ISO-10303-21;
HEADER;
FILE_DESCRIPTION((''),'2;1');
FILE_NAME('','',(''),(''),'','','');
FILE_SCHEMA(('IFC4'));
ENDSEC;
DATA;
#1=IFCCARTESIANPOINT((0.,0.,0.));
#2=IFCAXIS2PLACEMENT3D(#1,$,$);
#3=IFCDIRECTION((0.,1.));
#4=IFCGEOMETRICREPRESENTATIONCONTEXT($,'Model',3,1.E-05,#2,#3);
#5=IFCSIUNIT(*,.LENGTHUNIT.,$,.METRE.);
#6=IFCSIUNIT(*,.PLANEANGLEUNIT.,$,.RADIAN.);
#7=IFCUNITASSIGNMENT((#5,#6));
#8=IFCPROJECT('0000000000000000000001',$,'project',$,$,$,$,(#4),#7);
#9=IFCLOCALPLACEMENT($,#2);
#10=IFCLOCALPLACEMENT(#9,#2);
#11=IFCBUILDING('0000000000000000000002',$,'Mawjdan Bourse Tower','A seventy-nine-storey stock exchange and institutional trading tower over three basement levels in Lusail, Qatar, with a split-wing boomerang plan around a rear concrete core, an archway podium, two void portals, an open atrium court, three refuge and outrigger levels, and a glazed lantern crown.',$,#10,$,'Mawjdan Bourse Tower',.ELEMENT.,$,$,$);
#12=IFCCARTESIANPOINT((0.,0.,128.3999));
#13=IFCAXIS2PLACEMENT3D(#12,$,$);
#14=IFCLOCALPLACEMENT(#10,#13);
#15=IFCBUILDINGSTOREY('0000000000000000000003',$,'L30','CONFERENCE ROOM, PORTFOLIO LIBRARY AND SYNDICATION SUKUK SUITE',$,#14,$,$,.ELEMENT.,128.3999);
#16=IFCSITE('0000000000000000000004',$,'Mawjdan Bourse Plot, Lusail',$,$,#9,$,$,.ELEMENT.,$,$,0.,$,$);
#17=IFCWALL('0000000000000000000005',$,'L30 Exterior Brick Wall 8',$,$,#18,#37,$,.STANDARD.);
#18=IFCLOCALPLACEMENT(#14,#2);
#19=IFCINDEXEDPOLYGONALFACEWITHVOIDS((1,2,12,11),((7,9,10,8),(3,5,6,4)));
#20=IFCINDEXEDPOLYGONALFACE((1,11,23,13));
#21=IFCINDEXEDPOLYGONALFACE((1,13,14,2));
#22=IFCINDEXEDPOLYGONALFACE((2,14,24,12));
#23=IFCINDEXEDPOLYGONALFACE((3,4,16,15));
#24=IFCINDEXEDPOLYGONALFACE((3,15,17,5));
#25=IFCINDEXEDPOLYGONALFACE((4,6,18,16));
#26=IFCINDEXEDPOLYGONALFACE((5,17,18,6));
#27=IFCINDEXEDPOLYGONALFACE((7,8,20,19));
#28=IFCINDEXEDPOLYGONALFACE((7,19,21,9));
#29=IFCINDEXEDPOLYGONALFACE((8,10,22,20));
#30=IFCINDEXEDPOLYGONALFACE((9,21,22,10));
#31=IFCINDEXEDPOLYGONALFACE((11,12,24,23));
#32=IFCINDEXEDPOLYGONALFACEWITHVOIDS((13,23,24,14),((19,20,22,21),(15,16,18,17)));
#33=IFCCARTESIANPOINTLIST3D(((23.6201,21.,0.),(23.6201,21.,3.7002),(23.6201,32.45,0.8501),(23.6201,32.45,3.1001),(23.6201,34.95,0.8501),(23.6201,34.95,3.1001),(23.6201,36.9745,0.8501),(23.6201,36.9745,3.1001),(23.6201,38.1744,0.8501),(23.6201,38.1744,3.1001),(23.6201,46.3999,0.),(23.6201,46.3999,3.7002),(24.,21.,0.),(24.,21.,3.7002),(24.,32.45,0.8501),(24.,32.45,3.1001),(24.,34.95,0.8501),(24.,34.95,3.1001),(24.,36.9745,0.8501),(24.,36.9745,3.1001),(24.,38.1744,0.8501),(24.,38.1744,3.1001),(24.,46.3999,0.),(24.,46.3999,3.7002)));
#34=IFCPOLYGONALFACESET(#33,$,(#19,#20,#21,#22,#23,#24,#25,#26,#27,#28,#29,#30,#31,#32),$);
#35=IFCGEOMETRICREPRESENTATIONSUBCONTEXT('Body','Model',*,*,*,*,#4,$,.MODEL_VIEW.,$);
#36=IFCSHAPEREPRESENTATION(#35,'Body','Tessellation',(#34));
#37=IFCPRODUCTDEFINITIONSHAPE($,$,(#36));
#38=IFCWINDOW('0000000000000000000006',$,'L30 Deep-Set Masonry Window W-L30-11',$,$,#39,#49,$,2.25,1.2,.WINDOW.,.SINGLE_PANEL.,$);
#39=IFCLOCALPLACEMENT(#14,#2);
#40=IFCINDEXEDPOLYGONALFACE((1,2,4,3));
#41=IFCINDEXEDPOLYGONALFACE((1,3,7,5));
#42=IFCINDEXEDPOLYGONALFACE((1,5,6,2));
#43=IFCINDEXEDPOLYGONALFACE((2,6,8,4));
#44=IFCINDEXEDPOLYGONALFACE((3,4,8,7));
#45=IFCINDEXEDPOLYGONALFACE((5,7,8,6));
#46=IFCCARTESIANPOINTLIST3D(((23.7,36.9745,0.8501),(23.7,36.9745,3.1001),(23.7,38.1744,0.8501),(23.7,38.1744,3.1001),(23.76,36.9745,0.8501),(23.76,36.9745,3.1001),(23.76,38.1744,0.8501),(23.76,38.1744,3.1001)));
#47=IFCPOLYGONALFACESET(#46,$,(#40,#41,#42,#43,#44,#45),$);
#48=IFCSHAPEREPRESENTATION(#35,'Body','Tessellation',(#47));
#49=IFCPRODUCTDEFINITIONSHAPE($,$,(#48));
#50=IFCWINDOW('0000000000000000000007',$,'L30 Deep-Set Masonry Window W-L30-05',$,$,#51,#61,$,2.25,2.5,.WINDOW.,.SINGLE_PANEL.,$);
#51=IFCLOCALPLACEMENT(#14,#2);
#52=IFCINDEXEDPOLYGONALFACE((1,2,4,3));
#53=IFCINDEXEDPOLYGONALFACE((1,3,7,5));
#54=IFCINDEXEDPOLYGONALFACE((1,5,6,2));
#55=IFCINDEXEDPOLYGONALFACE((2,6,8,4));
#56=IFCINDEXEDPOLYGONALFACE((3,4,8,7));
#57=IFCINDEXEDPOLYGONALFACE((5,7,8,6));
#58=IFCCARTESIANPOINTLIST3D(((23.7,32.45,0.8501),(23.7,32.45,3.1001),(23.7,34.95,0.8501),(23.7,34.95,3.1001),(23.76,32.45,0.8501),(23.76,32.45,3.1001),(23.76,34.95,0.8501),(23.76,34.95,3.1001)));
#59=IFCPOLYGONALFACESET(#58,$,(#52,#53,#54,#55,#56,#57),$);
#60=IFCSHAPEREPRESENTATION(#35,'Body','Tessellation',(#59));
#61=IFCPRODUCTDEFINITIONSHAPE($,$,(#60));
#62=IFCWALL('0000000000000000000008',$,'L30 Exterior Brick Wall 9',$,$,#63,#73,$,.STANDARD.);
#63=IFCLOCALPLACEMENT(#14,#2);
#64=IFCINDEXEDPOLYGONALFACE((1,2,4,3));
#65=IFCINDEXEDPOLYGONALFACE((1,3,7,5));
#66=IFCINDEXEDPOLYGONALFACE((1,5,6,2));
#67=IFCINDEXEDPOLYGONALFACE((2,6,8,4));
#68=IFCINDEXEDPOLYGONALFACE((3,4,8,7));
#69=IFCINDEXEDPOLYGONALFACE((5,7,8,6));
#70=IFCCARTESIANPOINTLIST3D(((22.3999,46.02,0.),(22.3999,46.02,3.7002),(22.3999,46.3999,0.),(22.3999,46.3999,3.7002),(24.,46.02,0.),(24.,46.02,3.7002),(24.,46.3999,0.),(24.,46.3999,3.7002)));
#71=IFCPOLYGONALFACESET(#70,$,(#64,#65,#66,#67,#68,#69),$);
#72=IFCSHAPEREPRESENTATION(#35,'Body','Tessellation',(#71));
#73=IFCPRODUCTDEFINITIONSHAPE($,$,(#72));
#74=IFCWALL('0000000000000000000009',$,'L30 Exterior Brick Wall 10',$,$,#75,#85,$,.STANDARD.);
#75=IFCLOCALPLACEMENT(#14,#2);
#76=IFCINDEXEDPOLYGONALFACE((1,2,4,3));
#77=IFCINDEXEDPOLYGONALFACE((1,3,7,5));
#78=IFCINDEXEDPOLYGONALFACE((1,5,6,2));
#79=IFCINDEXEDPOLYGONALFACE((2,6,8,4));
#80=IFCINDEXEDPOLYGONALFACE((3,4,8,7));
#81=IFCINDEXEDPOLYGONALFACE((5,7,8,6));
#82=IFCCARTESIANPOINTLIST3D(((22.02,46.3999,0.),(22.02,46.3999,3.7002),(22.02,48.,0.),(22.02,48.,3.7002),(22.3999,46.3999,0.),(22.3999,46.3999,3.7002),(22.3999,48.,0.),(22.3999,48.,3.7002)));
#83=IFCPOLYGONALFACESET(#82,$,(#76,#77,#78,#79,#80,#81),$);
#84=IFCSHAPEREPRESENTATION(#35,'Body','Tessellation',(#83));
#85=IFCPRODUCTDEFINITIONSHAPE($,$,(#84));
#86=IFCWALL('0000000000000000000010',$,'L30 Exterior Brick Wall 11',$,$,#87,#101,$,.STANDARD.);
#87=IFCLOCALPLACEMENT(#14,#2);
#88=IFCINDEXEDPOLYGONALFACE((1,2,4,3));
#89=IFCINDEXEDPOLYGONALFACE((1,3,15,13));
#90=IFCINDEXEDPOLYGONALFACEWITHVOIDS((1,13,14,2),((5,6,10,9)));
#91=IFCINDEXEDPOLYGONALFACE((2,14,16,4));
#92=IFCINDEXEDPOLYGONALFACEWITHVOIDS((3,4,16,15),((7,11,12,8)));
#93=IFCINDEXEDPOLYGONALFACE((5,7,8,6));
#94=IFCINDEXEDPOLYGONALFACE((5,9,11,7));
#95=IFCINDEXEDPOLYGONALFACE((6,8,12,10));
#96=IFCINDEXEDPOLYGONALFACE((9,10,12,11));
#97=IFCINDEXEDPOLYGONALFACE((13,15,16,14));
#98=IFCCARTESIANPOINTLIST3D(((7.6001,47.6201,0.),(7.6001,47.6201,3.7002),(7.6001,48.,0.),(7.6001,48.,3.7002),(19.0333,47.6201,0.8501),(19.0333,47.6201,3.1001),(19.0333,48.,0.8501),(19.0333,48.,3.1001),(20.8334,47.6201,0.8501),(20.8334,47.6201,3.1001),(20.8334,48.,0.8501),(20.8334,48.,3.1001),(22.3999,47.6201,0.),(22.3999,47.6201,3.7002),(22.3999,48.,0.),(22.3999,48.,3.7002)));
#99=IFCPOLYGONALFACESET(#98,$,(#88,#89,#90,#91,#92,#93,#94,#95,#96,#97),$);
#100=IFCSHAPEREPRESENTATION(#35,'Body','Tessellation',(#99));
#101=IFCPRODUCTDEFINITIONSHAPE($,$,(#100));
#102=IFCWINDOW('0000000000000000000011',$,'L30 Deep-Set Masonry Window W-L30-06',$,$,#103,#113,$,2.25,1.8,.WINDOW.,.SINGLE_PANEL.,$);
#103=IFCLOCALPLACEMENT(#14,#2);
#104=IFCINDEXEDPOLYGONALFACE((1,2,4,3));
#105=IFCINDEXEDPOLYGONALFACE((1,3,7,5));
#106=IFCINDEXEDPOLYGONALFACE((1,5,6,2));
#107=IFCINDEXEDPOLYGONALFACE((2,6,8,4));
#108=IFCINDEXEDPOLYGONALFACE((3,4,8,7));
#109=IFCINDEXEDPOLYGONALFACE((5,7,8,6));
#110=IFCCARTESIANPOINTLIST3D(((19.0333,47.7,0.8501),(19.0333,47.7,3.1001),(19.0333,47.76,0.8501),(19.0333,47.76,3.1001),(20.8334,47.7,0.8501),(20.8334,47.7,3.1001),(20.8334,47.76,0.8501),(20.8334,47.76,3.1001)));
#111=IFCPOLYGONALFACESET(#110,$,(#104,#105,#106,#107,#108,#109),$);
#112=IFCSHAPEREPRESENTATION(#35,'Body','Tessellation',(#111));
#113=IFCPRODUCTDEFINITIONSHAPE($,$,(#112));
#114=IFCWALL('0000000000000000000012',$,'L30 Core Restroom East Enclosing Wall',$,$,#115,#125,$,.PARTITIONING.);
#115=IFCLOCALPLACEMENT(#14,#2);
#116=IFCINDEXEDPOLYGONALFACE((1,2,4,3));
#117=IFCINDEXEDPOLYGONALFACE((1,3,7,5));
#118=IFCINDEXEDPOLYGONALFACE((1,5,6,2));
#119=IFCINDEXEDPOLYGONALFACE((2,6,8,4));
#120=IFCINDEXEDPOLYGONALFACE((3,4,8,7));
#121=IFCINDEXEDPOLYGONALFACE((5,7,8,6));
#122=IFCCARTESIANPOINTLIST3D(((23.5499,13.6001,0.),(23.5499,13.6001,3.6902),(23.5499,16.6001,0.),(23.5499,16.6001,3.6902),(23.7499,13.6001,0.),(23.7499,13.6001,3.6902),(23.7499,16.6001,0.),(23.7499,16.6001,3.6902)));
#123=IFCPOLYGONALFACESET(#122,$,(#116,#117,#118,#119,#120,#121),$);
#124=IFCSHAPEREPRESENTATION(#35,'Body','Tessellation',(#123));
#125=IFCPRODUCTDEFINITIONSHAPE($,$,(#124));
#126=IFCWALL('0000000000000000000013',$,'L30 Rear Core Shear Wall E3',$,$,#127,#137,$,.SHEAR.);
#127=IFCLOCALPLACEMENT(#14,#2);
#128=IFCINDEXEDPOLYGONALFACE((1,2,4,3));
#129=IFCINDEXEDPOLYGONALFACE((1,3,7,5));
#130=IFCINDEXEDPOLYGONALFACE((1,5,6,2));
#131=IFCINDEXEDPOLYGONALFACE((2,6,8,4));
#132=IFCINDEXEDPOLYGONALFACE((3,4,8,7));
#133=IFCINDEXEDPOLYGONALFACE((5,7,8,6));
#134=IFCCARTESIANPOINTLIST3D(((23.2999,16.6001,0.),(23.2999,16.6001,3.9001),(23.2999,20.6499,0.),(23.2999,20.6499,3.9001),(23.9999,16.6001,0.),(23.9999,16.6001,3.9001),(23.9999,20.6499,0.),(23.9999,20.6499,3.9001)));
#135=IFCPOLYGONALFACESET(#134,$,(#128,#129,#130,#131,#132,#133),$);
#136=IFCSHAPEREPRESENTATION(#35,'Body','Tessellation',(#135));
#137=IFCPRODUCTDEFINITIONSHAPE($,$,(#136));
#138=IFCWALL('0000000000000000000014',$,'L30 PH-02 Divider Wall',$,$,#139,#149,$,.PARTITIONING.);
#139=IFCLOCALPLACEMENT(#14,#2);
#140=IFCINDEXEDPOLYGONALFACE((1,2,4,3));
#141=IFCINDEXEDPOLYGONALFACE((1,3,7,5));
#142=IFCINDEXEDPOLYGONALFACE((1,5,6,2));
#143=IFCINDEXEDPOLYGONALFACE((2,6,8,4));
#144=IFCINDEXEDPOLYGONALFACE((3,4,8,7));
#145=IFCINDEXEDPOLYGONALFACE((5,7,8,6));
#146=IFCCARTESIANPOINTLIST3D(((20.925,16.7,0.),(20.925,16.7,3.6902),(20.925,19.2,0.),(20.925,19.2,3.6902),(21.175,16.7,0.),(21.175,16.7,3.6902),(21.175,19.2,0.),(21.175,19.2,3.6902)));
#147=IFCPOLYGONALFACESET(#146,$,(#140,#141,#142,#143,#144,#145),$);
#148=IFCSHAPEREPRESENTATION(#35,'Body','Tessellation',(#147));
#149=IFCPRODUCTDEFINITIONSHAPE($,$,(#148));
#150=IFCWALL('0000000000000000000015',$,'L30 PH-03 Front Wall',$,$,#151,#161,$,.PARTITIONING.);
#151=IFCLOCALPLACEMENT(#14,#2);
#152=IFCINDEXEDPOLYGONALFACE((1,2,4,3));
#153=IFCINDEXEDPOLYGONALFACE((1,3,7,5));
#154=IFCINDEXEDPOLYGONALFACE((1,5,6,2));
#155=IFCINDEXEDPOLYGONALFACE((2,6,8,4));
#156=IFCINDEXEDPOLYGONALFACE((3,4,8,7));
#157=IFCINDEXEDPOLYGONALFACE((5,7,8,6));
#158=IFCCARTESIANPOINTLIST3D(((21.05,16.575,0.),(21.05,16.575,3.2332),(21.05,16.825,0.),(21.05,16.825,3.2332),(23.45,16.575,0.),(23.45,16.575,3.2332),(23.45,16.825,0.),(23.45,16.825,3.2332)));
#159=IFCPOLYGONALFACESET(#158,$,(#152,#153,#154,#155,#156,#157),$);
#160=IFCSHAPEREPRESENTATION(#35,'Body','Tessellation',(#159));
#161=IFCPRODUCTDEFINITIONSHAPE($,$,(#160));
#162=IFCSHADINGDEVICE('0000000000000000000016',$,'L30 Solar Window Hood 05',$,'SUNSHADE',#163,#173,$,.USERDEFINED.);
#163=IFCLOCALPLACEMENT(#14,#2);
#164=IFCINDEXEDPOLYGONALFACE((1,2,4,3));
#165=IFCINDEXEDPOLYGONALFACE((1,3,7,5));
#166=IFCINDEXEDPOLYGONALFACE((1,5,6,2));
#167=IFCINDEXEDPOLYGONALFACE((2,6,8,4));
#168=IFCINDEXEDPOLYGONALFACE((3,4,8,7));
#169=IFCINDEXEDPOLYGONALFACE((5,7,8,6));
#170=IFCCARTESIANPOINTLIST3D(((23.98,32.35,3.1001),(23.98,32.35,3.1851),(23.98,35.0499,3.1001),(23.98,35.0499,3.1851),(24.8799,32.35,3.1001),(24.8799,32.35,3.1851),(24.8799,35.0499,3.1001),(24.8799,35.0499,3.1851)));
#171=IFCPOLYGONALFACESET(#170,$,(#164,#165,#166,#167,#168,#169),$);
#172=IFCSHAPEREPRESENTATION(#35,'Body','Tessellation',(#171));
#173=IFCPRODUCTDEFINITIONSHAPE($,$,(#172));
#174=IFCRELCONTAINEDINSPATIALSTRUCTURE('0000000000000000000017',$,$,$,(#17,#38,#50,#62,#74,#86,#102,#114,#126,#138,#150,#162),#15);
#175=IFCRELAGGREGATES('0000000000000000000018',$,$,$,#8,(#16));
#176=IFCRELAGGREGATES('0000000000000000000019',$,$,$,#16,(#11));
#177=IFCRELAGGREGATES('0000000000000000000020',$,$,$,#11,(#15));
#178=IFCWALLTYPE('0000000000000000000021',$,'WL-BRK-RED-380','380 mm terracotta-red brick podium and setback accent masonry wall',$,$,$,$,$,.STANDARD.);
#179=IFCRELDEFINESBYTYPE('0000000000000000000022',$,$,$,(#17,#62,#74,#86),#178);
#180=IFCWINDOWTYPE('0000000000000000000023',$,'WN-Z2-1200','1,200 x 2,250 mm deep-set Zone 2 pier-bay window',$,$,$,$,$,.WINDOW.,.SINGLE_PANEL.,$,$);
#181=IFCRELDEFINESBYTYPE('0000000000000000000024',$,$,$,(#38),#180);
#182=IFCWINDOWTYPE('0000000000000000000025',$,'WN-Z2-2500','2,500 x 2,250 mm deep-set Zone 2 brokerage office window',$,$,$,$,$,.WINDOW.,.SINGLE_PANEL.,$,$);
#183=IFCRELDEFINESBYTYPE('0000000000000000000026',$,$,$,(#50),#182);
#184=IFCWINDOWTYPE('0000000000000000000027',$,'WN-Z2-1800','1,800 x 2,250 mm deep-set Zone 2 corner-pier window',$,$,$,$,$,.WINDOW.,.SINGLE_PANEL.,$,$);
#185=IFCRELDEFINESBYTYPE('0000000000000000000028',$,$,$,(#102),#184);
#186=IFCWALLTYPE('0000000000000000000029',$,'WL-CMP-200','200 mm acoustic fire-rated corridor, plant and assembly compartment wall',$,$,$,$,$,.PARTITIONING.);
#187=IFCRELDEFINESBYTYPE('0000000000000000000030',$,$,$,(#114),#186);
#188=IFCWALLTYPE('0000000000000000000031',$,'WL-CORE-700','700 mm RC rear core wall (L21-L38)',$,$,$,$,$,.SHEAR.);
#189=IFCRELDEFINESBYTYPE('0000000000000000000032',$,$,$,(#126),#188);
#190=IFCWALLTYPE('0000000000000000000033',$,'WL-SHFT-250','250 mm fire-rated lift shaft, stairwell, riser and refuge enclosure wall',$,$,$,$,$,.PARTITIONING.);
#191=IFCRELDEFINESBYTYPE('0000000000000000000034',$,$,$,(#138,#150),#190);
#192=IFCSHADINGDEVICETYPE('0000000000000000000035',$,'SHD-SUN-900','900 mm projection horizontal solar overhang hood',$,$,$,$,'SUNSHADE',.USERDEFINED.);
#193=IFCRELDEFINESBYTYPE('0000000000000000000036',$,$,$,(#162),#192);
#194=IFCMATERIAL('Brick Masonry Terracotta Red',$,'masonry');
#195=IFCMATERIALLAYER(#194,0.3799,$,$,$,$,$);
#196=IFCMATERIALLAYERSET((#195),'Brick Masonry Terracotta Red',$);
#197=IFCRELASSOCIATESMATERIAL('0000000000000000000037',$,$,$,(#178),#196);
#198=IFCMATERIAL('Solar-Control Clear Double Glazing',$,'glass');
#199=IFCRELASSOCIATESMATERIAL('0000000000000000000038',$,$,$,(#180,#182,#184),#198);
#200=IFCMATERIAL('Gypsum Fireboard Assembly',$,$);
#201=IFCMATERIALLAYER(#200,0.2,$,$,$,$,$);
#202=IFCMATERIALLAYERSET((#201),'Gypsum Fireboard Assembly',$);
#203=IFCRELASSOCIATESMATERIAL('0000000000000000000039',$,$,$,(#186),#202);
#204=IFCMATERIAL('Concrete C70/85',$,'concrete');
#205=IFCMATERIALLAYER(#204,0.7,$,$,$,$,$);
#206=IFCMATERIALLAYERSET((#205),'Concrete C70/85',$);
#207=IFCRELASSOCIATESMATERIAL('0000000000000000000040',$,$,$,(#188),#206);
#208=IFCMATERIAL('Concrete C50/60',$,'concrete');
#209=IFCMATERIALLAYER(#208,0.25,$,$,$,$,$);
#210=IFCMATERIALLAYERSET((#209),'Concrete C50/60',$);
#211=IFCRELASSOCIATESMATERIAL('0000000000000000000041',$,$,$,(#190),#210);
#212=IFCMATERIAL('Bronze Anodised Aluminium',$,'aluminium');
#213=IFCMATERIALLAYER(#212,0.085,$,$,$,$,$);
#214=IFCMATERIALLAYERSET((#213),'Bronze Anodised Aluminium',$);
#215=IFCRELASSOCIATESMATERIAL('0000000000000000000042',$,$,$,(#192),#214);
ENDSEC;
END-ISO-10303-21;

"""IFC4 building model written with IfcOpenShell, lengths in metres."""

from ifc_helpers import new_model, si_unit, direction, frame, frame_2d, origin, origin_2d, place, context, subcontext, project, spatial, rectangle, extrude, material, layer, layer_set, type_object, element, fill, save


model = new_model("IFC4")

# Units and contexts
model_context = context("Model", 3, precision=1e-05, world=origin(), true_north=direction((0.0, 1.0)))
body_context = subcontext(model_context, "Body", "Model", "MODEL_VIEW")
ifc_project = project(units=[si_unit("LENGTHUNIT", "METRE"), si_unit("PLANEANGLEUNIT", "RADIAN")], contexts=[model_context])

# Site, building, storey
site_placement = place(None, origin())
site = spatial("IfcSite", under=ifc_project, at=site_placement, Name="Mawjdan Bourse Plot, Lusail", CompositionType="ELEMENT", RefElevation=0.0)
building_placement = place(site_placement, origin())
building = spatial("IfcBuilding", under=site, at=building_placement, Name="Mawjdan Bourse Tower", Description="A seventy-nine-storey stock exchange and institutional trading tower over three basement levels in Lusail, Qatar, with a split-wing boomerang plan around a rear concrete core, an archway podium, two void portals, an open atrium court, three refuge and outrigger levels, and a glazed lantern crown.", LongName="Mawjdan Bourse Tower", CompositionType="ELEMENT")
storey_placement = place(building_placement, frame((0.0, 0.0, 128.3999)))
storey = spatial("IfcBuildingStorey", under=building, at=storey_placement, Name="L30", Description="CONFERENCE ROOM, PORTFOLIO LIBRARY AND SYNDICATION SUKUK SUITE", CompositionType="ELEMENT", Elevation=128.3999)

# Shared definitions
ifc_material_1 = material(Name="Concrete C70/85", Category="concrete")

# Wall, openings, windows
ifc_material_2 = material(Name="Brick Masonry Terracotta Red", Category="masonry")
ifc_layer_1 = layer(ifc_material_2, 0.3799)
ifc_layer_set_1 = layer_set([ifc_layer_1], Name="Brick Masonry Terracotta Red")
wall_type_1 = type_object("IfcWallType", Name="WL-BRK-RED-380", Description="380 mm terracotta-red brick podium and setback accent masonry wall", PredefinedType="STANDARD", material=ifc_layer_set_1)
wall_1_placement = place(storey_placement, frame((23.8101, 21.0, 0.0), z_axis=(0.0, 0.0, 1.0), x_axis=(0.0, 1.0, 0.0)))
wall_1 = element("IfcWall", 1, at=wall_1_placement, inside=storey, type_object=wall_type_1, Name="L30 Exterior Brick Wall 8", PredefinedType="STANDARD", context=body_context, shape_type="SweptSolid", body=[
    extrude(rectangle(XDim=25.3999, YDim=0.3799, at=frame_2d((12.7, 0.0))), origin(), (0.0, 0.0, 1.0), 3.7002),
])
opening_1_placement = place(wall_1_placement, frame((11.45, 0.0, 0.8501)))
opening_1 = element("IfcOpeningElement", 2, at=opening_1_placement, cuts=wall_1, PredefinedType="OPENING", context=body_context, shape_type="SweptSolid", body=[
    extrude(rectangle(XDim=2.5, YDim=2.25, at=frame_2d((1.25, 1.125))), frame((0.0, 0.2, 0.0), z_axis=(0.0, -1.0, 0.0), x_axis=(1.0, 0.0, 0.0)), (0.0, 0.0, 1.0), 0.3999),
])
opening_2_placement = place(wall_1_placement, frame((15.9744, 0.0, 0.8501)))
opening_2 = element("IfcOpeningElement", 3, at=opening_2_placement, cuts=wall_1, PredefinedType="OPENING", context=body_context, shape_type="SweptSolid", body=[
    extrude(rectangle(XDim=1.2, YDim=2.25, at=frame_2d((0.6001, 1.125))), frame((0.0, 0.2, 0.0), z_axis=(0.0, -1.0, 0.0), x_axis=(1.0, 0.0, 0.0)), (0.0, 0.0, 1.0), 0.3999),
])
ifc_material_3 = material(Name="Solar-Control Clear Double Glazing", Category="glass")
window_type_1 = type_object("IfcWindowType", Name="WN-Z2-1200", Description="1,200 x 2,250 mm deep-set Zone 2 pier-bay window", PartitioningType="SINGLE_PANEL", PredefinedType="WINDOW", material=ifc_material_3)
window_1_placement = place(opening_2_placement, origin())
window_1 = element("IfcWindow", 4, at=window_1_placement, inside=storey, type_object=window_type_1, Name="L30 Deep-Set Masonry Window W-L30-11", OverallHeight=2.25, OverallWidth=1.2, PartitioningType="SINGLE_PANEL", PredefinedType="WINDOW", context=body_context, shape_type="SweptSolid", body=[
    extrude(rectangle(XDim=1.2, YDim=2.25, at=frame_2d((0.6001, 1.125))), frame((0.0, 0.1101, 0.0), z_axis=(0.0, -1.0, 0.0), x_axis=(1.0, 0.0, 0.0)), (0.0, 0.0, 1.0), 0.0601),
])
fill(opening_2, window_1)
window_type_2 = type_object("IfcWindowType", Name="WN-Z2-2500", Description="2,500 x 2,250 mm deep-set Zone 2 brokerage office window", PartitioningType="SINGLE_PANEL", PredefinedType="WINDOW", material=ifc_material_3)
window_2_placement = place(opening_1_placement, origin())
window_2 = element("IfcWindow", 5, at=window_2_placement, inside=storey, type_object=window_type_2, Name="L30 Deep-Set Masonry Window W-L30-05", OverallHeight=2.25, OverallWidth=2.5, PartitioningType="SINGLE_PANEL", PredefinedType="WINDOW", context=body_context, shape_type="SweptSolid", body=[
    extrude(rectangle(XDim=2.5, YDim=2.25, at=frame_2d((1.25, 1.125))), frame((0.0, 0.1101, 0.0), z_axis=(0.0, -1.0, 0.0), x_axis=(1.0, 0.0, 0.0)), (0.0, 0.0, 1.0), 0.0601),
])
fill(opening_1, window_2)

# Walls
for number, where, z_axis, x_axis, name in (
    (6, (24.0, 46.21, 0.0), (0.0, 0.0, 1.0), (-1.0, 0.0, 0.0), "L30 Exterior Brick Wall 9"),
    (7, (22.21, 46.3999, 0.0), (0.0, 0.0, 1.0), (0.0, 1.0, 0.0), "L30 Exterior Brick Wall 10"),
):
    element("IfcWall", number, at=place(storey_placement, frame(where, z_axis=z_axis, x_axis=x_axis)), inside=storey, type_object=wall_type_1, Name=name, PredefinedType="STANDARD", context=body_context, shape_type="SweptSolid", body=[
        extrude(rectangle(XDim=1.6001, YDim=0.3799, at=frame_2d((0.8, 0.0))), origin(), (0.0, 0.0, 1.0), 3.7002),
    ])

# Wall, opening, window
wall_2_placement = place(storey_placement, frame((22.3999, 47.8101, 0.0), z_axis=(0.0, 0.0, 1.0), x_axis=(-1.0, 0.0, 0.0)))
wall_2 = element("IfcWall", 8, at=wall_2_placement, inside=storey, type_object=wall_type_1, Name="L30 Exterior Brick Wall 11", PredefinedType="STANDARD", context=body_context, shape_type="SweptSolid", body=[
    extrude(rectangle(XDim=14.7998, YDim=0.3799, at=frame_2d((7.3999, 0.0))), origin(), (0.0, 0.0, 1.0), 3.7002),
])
opening_3_placement = place(wall_2_placement, frame((1.5667, 0.0, 0.8501)))
opening_3 = element("IfcOpeningElement", 9, at=opening_3_placement, cuts=wall_2, PredefinedType="OPENING", context=body_context, shape_type="SweptSolid", body=[
    extrude(rectangle(XDim=1.8, YDim=2.25, at=frame_2d((0.8999, 1.125))), frame((0.0, 0.2, 0.0), z_axis=(0.0, -1.0, 0.0), x_axis=(1.0, 0.0, 0.0)), (0.0, 0.0, 1.0), 0.3999),
])
window_type_3 = type_object("IfcWindowType", Name="WN-Z2-1800", Description="1,800 x 2,250 mm deep-set Zone 2 corner-pier window", PartitioningType="SINGLE_PANEL", PredefinedType="WINDOW", material=ifc_material_3)
window_3_placement = place(opening_3_placement, origin())
window_3 = element("IfcWindow", 10, at=window_3_placement, inside=storey, type_object=window_type_3, Name="L30 Deep-Set Masonry Window W-L30-06", OverallHeight=2.25, OverallWidth=1.8, PartitioningType="SINGLE_PANEL", PredefinedType="WINDOW", context=body_context, shape_type="SweptSolid", body=[
    extrude(rectangle(XDim=1.8, YDim=2.25, at=frame_2d((0.8999, 1.125))), frame((0.0, 0.1101, 0.0), z_axis=(0.0, -1.0, 0.0), x_axis=(1.0, 0.0, 0.0)), (0.0, 0.0, 1.0), 0.0601),
])
fill(opening_3, window_3)

# Wall
ifc_material_4 = material(Name="Gypsum Fireboard Assembly")
ifc_layer_2 = layer(ifc_material_4, 0.2)
ifc_layer_set_2 = layer_set([ifc_layer_2], Name="Gypsum Fireboard Assembly")
wall_type_2 = type_object("IfcWallType", Name="WL-CMP-200", Description="200 mm acoustic fire-rated corridor, plant and assembly compartment wall", PredefinedType="PARTITIONING", material=ifc_layer_set_2)
wall_3_placement = place(storey_placement, frame((23.6499, 13.6001, 0.0), z_axis=(0.0, 0.0, 1.0), x_axis=(0.0, 1.0, 0.0)))
element("IfcWall", 11, at=wall_3_placement, inside=storey, type_object=wall_type_2, Name="L30 Core Restroom East Enclosing Wall", PredefinedType="PARTITIONING", context=body_context, shape_type="SweptSolid", body=[
    extrude(rectangle(XDim=3.0, YDim=0.2, at=frame_2d((1.5, 0.0))), origin(), (0.0, 0.0, 1.0), 3.6902),
])

# Walls
ifc_layer_3 = layer(ifc_material_1, 0.7)
ifc_layer_set_3 = layer_set([ifc_layer_3], Name="Concrete C70/85")
wall_type_3 = type_object("IfcWallType", Name="WL-CORE-700", Description="700 mm RC rear core wall (L21-L38)", PredefinedType="SHEAR", material=ifc_layer_set_3)
wall_4_placement = place(storey_placement, frame((23.6499, 16.6001, 0.0), z_axis=(0.0, 0.0, 1.0), x_axis=(0.0, 1.0, 0.0)))
element("IfcWall", 12, at=wall_4_placement, inside=storey, type_object=wall_type_3, Name="L30 Rear Core Shear Wall E3", PredefinedType="SHEAR", context=body_context, shape_type="SweptSolid", body=[
    extrude(rectangle(XDim=4.0498, YDim=0.7, at=frame_2d((2.0249, 0.0))), origin(), (0.0, 0.0, 1.0), 3.9001),
])
ifc_material_5 = material(Name="Concrete C50/60", Category="concrete")
ifc_layer_4 = layer(ifc_material_5, 0.25)
ifc_layer_set_4 = layer_set([ifc_layer_4], Name="Concrete C50/60")
wall_type_4 = type_object("IfcWallType", Name="WL-SHFT-250", Description="250 mm fire-rated lift shaft, stairwell, riser and refuge enclosure wall", PredefinedType="PARTITIONING", material=ifc_layer_set_4)
wall_5_placement = place(storey_placement, frame((21.05, 16.7, 0.0), z_axis=(0.0, 0.0, 1.0), x_axis=(0.0, 1.0, 0.0)))
element("IfcWall", 13, at=wall_5_placement, inside=storey, type_object=wall_type_4, Name="L30 PH-02 Divider Wall", PredefinedType="PARTITIONING", context=body_context, shape_type="SweptSolid", body=[
    extrude(rectangle(XDim=2.5, YDim=0.25, at=frame_2d((1.25, 0.0))), origin(), (0.0, 0.0, 1.0), 3.6902),
])
wall_6_placement = place(storey_placement, frame((21.05, 16.7, 0.0), z_axis=(0.0, 0.0, 1.0), x_axis=(1.0, 0.0, 0.0)))
element("IfcWall", 14, at=wall_6_placement, inside=storey, type_object=wall_type_4, Name="L30 PH-03 Front Wall", PredefinedType="PARTITIONING", context=body_context, shape_type="SweptSolid", body=[
    extrude(rectangle(XDim=2.3999, YDim=0.25, at=frame_2d((1.2, 0.0))), origin(), (0.0, 0.0, 1.0), 3.2332),
])

# Shading device
ifc_material_6 = material(Name="Bronze Anodised Aluminium", Category="aluminium")
ifc_layer_5 = layer(ifc_material_6, 0.085)
ifc_layer_set_5 = layer_set([ifc_layer_5], Name="Bronze Anodised Aluminium")
shading_device_type = type_object("IfcShadingDeviceType", Name="SHD-SUN-900", Description="900 mm projection horizontal solar overhang hood", ElementType="SUNSHADE", PredefinedType="USERDEFINED", material=ifc_layer_set_5)
shading_device_placement = place(storey_placement, frame((24.4299, 33.7, 3.1001), z_axis=(0.0, 0.0, 1.0), x_axis=(0.0, 1.0, 0.0)))
element("IfcShadingDevice", 15, at=shading_device_placement, inside=storey, type_object=shading_device_type, Name="L30 Solar Window Hood 05", ObjectType="SUNSHADE", PredefinedType="USERDEFINED", context=body_context, shape_type="SweptSolid", body=[
    extrude(rectangle(XDim=2.7, YDim=0.8999, at=origin_2d()), origin(), (0.0, 0.0, 1.0), 0.085),
])

save(model, "model.ifc")
